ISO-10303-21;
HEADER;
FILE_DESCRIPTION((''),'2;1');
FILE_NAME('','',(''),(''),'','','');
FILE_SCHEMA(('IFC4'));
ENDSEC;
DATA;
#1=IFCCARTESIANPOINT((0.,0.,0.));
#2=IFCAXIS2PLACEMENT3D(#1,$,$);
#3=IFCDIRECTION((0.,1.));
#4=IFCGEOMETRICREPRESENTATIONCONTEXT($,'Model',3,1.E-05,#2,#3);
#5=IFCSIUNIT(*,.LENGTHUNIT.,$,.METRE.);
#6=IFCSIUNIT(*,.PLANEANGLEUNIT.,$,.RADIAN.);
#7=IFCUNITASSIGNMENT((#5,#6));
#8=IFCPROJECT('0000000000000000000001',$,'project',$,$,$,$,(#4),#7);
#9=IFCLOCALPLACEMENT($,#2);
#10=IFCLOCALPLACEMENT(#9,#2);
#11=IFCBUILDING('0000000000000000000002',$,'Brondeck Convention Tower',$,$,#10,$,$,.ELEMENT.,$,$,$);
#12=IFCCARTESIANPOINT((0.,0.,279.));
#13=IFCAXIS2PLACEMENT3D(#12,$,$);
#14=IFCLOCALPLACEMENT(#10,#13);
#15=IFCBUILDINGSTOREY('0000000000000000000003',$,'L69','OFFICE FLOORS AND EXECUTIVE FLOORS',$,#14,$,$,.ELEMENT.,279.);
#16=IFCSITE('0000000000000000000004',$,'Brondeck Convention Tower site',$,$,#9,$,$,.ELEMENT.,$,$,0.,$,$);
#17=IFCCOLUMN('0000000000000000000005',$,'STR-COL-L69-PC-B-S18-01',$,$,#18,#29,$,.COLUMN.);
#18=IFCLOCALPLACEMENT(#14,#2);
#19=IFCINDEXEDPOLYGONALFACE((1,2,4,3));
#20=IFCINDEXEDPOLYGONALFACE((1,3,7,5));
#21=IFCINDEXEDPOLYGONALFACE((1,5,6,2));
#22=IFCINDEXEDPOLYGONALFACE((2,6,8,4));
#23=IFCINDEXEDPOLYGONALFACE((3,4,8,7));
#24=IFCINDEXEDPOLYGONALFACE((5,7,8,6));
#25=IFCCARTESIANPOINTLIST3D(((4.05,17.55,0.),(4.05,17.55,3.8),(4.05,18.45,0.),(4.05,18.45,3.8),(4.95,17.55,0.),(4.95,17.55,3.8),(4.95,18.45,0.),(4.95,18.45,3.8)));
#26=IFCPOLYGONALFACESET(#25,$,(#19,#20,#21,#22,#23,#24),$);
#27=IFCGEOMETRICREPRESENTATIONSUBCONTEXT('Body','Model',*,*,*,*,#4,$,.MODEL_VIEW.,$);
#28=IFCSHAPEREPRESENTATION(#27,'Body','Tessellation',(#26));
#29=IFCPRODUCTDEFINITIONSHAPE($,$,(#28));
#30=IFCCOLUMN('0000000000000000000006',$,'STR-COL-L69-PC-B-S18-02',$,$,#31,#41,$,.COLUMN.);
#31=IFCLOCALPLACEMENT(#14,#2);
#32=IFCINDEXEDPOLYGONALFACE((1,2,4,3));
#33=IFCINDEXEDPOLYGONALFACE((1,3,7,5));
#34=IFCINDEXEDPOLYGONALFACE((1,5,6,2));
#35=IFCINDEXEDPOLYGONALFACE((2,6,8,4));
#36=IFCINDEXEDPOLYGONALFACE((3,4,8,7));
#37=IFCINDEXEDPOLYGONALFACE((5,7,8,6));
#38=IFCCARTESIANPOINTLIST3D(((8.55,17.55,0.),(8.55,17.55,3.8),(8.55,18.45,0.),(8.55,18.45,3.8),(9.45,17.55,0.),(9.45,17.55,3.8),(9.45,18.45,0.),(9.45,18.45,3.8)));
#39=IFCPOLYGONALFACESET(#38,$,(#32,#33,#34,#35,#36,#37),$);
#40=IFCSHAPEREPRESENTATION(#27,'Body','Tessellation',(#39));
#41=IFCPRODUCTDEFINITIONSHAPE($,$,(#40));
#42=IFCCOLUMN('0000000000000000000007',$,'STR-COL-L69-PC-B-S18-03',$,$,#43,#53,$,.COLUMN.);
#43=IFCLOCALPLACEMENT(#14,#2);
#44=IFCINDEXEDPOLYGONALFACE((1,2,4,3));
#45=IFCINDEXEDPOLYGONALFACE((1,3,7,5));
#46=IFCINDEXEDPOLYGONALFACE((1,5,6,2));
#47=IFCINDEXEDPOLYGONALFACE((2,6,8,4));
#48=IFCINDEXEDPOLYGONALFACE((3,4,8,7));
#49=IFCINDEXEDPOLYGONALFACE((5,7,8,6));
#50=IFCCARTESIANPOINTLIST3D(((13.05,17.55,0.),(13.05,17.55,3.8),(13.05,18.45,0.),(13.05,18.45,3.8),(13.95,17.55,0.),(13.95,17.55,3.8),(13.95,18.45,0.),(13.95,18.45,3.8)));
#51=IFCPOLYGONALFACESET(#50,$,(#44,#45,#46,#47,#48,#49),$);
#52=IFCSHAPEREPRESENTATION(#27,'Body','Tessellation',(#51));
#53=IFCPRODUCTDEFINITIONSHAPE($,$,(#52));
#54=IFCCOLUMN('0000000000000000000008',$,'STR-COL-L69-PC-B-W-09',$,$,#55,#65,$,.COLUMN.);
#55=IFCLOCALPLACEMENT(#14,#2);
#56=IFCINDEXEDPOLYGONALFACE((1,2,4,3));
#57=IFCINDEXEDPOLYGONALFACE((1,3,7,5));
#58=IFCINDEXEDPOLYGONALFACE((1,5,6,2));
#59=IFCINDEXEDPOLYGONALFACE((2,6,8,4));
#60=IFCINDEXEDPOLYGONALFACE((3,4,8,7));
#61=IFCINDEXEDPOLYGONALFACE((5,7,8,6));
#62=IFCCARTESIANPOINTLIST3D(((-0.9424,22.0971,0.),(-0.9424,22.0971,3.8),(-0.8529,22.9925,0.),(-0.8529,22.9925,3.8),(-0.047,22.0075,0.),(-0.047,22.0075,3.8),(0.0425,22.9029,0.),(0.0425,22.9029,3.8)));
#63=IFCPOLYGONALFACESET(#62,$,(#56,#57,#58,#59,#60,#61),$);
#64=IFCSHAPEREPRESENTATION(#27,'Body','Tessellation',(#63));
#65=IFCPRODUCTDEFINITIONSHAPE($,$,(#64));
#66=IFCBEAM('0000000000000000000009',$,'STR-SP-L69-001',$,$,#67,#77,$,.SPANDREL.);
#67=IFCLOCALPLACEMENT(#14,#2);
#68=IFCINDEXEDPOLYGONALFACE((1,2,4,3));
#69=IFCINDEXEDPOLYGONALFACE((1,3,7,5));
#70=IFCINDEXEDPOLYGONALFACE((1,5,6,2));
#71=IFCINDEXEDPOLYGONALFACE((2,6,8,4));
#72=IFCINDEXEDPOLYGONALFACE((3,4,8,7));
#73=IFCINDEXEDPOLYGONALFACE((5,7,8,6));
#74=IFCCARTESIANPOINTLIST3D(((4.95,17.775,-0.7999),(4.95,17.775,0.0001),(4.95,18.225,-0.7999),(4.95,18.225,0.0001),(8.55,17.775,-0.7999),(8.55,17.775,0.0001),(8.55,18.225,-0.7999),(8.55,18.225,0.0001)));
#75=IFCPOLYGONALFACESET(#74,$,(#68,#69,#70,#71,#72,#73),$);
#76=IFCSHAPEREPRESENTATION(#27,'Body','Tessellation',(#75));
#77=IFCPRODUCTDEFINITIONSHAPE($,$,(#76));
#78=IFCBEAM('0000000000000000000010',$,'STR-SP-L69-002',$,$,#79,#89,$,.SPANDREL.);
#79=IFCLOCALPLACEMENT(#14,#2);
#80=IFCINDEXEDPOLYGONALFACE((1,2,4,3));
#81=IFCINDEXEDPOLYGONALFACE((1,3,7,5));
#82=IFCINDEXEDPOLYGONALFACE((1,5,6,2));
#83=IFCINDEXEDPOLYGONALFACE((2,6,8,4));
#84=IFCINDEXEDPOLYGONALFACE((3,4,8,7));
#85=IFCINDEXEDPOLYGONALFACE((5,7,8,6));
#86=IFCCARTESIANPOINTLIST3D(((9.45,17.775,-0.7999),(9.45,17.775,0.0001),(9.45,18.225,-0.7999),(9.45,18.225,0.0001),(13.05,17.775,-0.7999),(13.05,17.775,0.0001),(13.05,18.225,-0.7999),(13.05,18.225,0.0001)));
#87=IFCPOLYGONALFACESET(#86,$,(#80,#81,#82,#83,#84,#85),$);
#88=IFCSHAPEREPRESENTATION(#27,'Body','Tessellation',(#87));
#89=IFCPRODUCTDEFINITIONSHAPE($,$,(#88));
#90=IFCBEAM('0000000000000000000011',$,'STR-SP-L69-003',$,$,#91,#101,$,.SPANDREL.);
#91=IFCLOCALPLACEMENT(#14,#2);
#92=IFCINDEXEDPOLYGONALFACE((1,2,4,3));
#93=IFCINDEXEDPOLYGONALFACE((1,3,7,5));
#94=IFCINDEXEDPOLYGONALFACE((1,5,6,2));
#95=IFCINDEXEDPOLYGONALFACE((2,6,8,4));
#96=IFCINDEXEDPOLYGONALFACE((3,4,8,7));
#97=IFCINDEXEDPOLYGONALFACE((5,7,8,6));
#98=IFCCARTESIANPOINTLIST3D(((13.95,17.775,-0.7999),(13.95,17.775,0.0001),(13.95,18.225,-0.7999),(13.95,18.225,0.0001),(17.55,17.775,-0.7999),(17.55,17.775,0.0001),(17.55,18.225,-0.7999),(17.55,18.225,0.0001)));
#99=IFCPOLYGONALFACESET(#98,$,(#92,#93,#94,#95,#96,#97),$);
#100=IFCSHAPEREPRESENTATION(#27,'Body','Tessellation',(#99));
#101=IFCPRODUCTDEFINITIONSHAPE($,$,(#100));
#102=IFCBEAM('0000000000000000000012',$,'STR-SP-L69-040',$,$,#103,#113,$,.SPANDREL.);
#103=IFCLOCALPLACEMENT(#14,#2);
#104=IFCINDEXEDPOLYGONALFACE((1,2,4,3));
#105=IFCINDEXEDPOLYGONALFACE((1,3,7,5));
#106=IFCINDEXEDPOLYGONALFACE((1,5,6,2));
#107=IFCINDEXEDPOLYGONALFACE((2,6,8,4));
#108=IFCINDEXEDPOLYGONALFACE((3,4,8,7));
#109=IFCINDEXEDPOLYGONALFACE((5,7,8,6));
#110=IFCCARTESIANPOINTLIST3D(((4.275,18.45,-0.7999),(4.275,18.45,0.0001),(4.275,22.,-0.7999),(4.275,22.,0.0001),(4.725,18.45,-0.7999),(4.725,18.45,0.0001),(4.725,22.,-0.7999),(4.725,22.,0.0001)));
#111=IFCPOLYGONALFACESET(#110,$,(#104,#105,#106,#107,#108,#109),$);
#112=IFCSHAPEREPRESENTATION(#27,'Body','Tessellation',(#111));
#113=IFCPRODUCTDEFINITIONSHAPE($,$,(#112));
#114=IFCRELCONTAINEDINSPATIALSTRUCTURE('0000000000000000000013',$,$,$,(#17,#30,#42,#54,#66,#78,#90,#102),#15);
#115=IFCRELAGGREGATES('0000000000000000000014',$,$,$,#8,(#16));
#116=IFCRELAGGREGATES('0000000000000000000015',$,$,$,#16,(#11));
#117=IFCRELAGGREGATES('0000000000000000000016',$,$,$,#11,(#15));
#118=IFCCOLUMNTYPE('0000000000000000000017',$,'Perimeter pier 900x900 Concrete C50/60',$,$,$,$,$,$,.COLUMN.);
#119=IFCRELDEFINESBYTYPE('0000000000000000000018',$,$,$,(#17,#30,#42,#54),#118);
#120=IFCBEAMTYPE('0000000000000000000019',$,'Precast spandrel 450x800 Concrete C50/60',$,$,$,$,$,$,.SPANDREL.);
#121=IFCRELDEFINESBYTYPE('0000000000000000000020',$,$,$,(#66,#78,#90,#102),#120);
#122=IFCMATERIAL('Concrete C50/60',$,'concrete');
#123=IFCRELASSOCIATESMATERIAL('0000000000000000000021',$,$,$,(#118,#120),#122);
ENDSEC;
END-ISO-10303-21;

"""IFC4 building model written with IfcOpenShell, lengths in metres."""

from ifc_helpers import new_model, si_unit, direction, frame, origin, origin_2d, place, context, subcontext, project, spatial, rectangle, extrude, material, material_profile, profile_set, type_object, element, save


model = new_model("IFC4")

# Units and contexts
model_context = context("Model", 3, precision=1e-05, world=origin(), true_north=direction((0.0, 1.0)))
body_context = subcontext(model_context, "Body", "Model", "MODEL_VIEW")
ifc_project = project(units=[si_unit("LENGTHUNIT", "METRE"), si_unit("PLANEANGLEUNIT", "RADIAN")], contexts=[model_context])

# Site, building, storey
site_placement = place(None, origin())
site = spatial("IfcSite", under=ifc_project, at=site_placement, Name="Brondeck Convention Tower site", CompositionType="ELEMENT", RefElevation=0.0)
building_placement = place(site_placement, origin())
building = spatial("IfcBuilding", under=site, at=building_placement, Name="Brondeck Convention Tower", CompositionType="ELEMENT")
storey_placement = place(building_placement, frame((0.0, 0.0, 279.0)))
storey = spatial("IfcBuildingStorey", under=building, at=storey_placement, Name="L69", Description="OFFICE FLOORS AND EXECUTIVE FLOORS", CompositionType="ELEMENT", Elevation=279.0)

# Columns
ifc_material_1 = material(Name="Concrete C50/60", Category="concrete")
ifc_material_profile_1 = material_profile(ifc_material_1, rectangle(XDim=0.8999, YDim=0.8999, at=origin_2d()), Name="Perimeter pier 900x900 Concrete C50/60")
ifc_profile_set_1 = profile_set([ifc_material_profile_1], Name="Concrete C50/60")
column_type = type_object("IfcColumnType", Name="Perimeter pier 900x900 Concrete C50/60", PredefinedType="COLUMN", material=ifc_profile_set_1)
for number, where, z_axis, x_axis, name in (
    (1, (4.5, 18.0, 0.0), (0.0, 0.0, 1.0), (1.0, 0.0, 0.0), "STR-COL-L69-PC-B-S18-01"),
    (2, (9.0, 18.0, 0.0), (0.0, 0.0, 1.0), (1.0, 0.0, 0.0), "STR-COL-L69-PC-B-S18-02"),
    (3, (13.5, 18.0, 0.0), (0.0, 0.0, 1.0), (1.0, 0.0, 0.0), "STR-COL-L69-PC-B-S18-03"),
    (4, (-0.45, 22.5, 0.0), (0.0, 0.0, 1.0), (-0.099504, -0.995037, 0.0), "STR-COL-L69-PC-B-W-09"),
):
    element("IfcColumn", number, at=place(storey_placement, frame(where, z_axis=z_axis, x_axis=x_axis)), inside=storey, type_object=column_type, Name=name, PredefinedType="COLUMN", context=body_context, shape_type="SweptSolid", body=[
        extrude(rectangle(XDim=0.8999, YDim=0.8999, at=origin_2d()), origin(), (0.0, 0.0, 1.0), 3.8),
    ])

# Beams
ifc_material_profile_2 = material_profile(ifc_material_1, rectangle(XDim=0.45, YDim=0.8, at=origin_2d()), Name="Precast spandrel 450x800 Concrete C50/60")
ifc_profile_set_2 = profile_set([ifc_material_profile_2], Name="Concrete C50/60")
beam_type = type_object("IfcBeamType", Name="Precast spandrel 450x800 Concrete C50/60", PredefinedType="SPANDREL", material=ifc_profile_set_2)
for number, where, z_axis, x_axis, name in (
    (5, (4.95, 18.0, -0.3999), (1.0, 0.0, 0.0), (0.0, 1.0, 0.0), "STR-SP-L69-001"),
    (6, (9.45, 18.0, -0.3999), (1.0, 0.0, 0.0), (0.0, 1.0, 0.0), "STR-SP-L69-002"),
    (7, (13.95, 18.0, -0.3999), (1.0, 0.0, 0.0), (0.0, 1.0, 0.0), "STR-SP-L69-003"),
):
    element("IfcBeam", number, at=place(storey_placement, frame(where, z_axis=z_axis, x_axis=x_axis)), inside=storey, type_object=beam_type, Name=name, PredefinedType="SPANDREL", context=body_context, shape_type="SweptSolid", body=[
        extrude(rectangle(XDim=0.45, YDim=0.8, at=origin_2d()), origin(), (0.0, 0.0, 1.0), 3.6001),
    ])
beam_placement = place(storey_placement, frame((4.5, 22.0, -0.3999), z_axis=(0.0, -1.0, 0.0), x_axis=(1.0, 0.0, 0.0)))
element("IfcBeam", 8, at=beam_placement, inside=storey, type_object=beam_type, Name="STR-SP-L69-040", PredefinedType="SPANDREL", context=body_context, shape_type="SweptSolid", body=[
    extrude(rectangle(XDim=0.45, YDim=0.8, at=origin_2d()), origin(), (0.0, 0.0, 1.0), 3.55),
])

save(model, "model.ifc")
